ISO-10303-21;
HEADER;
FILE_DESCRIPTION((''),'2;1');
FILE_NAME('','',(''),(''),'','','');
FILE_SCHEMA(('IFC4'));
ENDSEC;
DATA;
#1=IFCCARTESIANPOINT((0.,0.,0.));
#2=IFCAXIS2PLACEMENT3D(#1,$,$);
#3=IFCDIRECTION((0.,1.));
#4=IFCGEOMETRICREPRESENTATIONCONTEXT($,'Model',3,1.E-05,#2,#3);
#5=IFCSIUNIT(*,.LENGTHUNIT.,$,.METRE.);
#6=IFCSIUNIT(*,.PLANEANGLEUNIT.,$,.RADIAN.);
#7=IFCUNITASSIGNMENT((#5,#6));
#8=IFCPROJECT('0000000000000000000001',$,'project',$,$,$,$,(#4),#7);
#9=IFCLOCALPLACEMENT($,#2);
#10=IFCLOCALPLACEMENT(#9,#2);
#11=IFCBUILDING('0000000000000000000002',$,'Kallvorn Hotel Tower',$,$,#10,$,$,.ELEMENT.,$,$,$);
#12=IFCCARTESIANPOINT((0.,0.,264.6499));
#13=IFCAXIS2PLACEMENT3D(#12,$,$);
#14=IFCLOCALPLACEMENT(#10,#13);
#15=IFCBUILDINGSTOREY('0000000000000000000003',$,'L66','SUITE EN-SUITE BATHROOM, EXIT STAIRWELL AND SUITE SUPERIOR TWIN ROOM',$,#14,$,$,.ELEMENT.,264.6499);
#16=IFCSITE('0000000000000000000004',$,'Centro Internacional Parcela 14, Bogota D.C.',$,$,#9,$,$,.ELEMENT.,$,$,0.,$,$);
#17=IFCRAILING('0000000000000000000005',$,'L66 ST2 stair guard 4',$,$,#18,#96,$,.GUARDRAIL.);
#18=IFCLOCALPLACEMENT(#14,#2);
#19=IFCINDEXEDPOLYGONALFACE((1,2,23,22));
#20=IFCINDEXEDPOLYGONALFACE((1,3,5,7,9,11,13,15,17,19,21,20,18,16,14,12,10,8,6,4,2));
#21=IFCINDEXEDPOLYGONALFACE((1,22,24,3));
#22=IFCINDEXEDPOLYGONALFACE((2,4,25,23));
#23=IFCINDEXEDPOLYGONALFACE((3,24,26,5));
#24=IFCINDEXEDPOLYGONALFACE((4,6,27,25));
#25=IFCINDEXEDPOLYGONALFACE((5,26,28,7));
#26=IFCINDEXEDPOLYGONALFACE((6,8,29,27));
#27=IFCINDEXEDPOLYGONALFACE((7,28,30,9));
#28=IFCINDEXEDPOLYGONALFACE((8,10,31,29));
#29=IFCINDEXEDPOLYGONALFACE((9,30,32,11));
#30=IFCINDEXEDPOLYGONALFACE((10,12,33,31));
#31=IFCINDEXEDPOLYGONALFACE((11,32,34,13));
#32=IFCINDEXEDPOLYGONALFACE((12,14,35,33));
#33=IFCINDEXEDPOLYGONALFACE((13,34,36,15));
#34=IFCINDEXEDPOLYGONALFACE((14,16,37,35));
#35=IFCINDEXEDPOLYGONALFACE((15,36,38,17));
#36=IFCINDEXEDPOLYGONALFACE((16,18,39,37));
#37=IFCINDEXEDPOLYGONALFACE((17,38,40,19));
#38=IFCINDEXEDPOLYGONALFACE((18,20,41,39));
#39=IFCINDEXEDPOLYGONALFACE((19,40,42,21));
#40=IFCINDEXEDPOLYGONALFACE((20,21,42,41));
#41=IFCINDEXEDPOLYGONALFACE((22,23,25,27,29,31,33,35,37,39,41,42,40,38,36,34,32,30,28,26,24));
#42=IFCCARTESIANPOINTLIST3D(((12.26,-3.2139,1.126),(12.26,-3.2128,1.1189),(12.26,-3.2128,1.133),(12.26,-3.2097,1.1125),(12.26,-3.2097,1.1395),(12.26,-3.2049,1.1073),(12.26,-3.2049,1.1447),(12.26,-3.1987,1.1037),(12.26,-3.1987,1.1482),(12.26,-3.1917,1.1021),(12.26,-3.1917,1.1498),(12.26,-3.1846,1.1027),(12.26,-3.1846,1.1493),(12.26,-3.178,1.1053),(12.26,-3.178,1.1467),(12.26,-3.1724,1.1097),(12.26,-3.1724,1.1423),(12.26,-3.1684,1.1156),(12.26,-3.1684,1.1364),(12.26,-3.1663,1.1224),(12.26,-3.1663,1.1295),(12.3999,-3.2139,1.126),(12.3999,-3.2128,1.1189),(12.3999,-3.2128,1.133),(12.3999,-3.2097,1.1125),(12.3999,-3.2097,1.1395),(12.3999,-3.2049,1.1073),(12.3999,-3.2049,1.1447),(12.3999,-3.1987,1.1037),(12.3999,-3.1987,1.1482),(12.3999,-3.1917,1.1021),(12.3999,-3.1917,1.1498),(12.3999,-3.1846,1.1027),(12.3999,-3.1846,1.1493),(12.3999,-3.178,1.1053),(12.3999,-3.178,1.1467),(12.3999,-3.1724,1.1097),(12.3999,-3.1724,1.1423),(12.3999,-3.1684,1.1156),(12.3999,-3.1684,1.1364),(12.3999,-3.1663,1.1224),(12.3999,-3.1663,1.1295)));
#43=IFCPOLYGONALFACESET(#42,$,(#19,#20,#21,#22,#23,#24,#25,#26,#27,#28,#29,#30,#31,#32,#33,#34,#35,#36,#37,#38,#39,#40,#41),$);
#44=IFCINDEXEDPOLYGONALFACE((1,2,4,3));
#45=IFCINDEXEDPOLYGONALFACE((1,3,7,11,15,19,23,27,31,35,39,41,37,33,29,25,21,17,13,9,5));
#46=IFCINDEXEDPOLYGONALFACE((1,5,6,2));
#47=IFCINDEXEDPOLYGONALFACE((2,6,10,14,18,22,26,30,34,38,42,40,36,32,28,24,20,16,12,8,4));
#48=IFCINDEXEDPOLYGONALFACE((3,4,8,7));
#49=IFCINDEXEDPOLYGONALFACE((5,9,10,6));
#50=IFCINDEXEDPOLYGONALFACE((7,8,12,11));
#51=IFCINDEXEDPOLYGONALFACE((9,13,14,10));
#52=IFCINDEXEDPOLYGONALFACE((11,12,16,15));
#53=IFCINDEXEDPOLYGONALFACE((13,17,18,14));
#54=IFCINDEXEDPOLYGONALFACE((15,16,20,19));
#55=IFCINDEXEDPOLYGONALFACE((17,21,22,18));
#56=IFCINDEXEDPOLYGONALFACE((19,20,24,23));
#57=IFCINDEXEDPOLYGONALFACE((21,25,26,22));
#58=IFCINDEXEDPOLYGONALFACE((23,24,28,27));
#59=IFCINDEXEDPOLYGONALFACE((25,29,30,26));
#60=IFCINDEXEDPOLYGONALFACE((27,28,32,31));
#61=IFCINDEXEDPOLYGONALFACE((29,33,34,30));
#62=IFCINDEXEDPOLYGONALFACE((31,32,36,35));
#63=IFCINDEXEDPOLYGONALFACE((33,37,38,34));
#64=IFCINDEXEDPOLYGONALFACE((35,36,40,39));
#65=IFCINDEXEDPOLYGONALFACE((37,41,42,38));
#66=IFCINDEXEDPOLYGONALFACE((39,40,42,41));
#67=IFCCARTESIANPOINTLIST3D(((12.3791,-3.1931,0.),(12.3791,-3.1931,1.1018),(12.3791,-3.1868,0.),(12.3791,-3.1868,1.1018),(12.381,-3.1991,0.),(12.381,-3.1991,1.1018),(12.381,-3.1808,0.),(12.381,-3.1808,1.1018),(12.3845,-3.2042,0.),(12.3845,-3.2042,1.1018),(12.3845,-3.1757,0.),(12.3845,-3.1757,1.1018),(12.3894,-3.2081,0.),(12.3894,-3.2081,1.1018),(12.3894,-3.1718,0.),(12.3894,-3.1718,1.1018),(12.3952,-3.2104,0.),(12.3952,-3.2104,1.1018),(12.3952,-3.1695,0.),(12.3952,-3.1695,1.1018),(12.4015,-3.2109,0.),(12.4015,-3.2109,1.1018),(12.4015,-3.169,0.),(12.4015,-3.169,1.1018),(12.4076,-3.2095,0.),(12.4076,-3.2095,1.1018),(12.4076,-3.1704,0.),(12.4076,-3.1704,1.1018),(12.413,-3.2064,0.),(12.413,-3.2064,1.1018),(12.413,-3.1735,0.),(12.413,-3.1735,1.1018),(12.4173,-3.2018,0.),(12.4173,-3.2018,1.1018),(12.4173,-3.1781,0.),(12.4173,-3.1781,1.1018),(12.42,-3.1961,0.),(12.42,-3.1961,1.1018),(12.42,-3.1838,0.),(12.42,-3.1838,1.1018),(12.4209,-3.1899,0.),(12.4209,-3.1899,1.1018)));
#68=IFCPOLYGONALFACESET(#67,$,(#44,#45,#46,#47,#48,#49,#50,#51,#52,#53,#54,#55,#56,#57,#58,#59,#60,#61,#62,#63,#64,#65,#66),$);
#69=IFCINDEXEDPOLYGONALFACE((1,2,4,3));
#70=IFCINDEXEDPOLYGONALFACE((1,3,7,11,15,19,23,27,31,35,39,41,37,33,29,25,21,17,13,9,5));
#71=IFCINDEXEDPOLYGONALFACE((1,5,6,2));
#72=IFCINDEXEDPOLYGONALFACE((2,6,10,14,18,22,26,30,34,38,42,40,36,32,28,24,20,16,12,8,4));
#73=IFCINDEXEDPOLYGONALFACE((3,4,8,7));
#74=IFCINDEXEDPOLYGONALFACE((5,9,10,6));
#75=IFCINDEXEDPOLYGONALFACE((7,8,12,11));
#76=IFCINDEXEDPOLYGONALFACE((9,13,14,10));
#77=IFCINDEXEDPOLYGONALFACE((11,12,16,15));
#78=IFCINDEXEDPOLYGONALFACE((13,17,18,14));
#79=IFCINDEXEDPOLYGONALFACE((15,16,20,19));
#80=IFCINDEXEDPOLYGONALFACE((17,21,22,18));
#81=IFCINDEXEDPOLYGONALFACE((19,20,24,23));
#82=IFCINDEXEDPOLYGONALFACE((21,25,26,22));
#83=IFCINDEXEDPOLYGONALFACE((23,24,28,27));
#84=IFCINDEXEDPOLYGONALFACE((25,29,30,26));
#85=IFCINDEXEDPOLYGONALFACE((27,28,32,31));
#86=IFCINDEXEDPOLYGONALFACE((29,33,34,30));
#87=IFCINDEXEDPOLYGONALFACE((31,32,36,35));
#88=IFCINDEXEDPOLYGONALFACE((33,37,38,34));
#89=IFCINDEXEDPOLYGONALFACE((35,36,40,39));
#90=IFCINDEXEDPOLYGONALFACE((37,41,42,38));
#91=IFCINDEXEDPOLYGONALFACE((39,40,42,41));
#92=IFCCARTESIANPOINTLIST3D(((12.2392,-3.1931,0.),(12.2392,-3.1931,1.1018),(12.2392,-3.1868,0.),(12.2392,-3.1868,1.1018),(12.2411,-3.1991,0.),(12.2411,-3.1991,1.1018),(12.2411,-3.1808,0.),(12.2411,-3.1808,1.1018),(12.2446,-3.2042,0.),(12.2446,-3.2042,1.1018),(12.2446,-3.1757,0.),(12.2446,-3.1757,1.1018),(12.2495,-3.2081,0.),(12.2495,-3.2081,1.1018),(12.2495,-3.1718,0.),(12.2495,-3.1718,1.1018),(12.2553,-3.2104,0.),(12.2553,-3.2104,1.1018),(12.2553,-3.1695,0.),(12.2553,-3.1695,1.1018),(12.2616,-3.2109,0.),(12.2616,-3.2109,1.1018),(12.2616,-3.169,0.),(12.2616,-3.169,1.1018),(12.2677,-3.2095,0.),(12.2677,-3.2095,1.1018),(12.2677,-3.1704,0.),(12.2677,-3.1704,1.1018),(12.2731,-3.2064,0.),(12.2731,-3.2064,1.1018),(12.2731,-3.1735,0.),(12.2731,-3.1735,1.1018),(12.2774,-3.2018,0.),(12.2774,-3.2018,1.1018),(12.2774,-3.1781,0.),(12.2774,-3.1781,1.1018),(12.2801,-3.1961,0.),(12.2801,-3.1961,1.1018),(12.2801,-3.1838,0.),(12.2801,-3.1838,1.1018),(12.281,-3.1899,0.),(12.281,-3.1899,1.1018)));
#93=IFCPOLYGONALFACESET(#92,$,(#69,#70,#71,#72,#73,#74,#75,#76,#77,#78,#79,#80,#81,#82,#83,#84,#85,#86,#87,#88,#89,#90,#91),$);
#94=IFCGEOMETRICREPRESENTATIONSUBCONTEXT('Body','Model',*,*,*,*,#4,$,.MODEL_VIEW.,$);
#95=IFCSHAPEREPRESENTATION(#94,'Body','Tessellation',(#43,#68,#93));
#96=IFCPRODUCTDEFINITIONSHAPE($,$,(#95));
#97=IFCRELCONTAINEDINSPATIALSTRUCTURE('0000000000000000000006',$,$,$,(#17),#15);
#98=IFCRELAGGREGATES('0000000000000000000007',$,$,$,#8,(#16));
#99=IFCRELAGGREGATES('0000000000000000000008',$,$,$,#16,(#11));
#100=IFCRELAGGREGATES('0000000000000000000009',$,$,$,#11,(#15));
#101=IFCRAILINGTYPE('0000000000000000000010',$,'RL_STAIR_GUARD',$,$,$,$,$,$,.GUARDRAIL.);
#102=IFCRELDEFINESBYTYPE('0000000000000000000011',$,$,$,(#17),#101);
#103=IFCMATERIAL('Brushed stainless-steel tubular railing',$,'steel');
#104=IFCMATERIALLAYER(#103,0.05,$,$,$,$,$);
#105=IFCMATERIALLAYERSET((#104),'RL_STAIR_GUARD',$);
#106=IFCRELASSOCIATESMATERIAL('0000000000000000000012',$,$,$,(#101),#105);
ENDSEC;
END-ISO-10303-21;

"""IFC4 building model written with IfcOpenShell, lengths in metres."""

from ifc_helpers import new_model, si_unit, direction, frame, origin, origin_2d, place, context, subcontext, project, spatial, circle, extrude, material, layer, layer_set, type_object, element, save


model = new_model("IFC4")

# Units and contexts
model_context = context("Model", 3, precision=1e-05, world=origin(), true_north=direction((0.0, 1.0)))
body_context = subcontext(model_context, "Body", "Model", "MODEL_VIEW")
ifc_project = project(units=[si_unit("LENGTHUNIT", "METRE"), si_unit("PLANEANGLEUNIT", "RADIAN")], contexts=[model_context])

# Site, building, storey
site_placement = place(None, origin())
site = spatial("IfcSite", under=ifc_project, at=site_placement, Name="Centro Internacional Parcela 14, Bogota D.C.", CompositionType="ELEMENT", RefElevation=0.0)
building_placement = place(site_placement, origin())
building = spatial("IfcBuilding", under=site, at=building_placement, Name="Kallvorn Hotel Tower", CompositionType="ELEMENT")
storey_placement = place(building_placement, frame((0.0, 0.0, 264.6499)))
storey = spatial("IfcBuildingStorey", under=building, at=storey_placement, Name="L66", Description="SUITE EN-SUITE BATHROOM, EXIT STAIRWELL AND SUITE SUPERIOR TWIN ROOM", CompositionType="ELEMENT", Elevation=264.6499)

# Railing
ifc_material_1 = material(Name="Brushed stainless-steel tubular railing", Category="steel")
ifc_layer_1 = layer(ifc_material_1, 0.05)
ifc_layer_set_1 = layer_set([ifc_layer_1], Name="RL_STAIR_GUARD")
railing_type_1 = type_object("IfcRailingType", Name="RL_STAIR_GUARD", PredefinedType="GUARDRAIL", material=ifc_layer_set_1)
railing_1_placement = place(storey_placement, frame((12.3999, -3.1899, 0.0)))
element("IfcRailing", 1, at=railing_1_placement, inside=storey, type_object=railing_type_1, Name="L66 ST2 stair guard 4", PredefinedType="GUARDRAIL", context=body_context, shape_type="SweptSolid", body=[
    extrude(circle(Radius=0.0239, at=origin_2d()), frame((0.0, 0.0, 1.126), z_axis=(-1.0, 0.0, 0.0), x_axis=(0.0, -1.0, 0.0)), (0.0, 0.0, 1.0), 0.1399),
    extrude(circle(Radius=0.021, at=origin_2d()), origin(), (0.0, 0.0, 1.0), 1.1018),
    extrude(circle(Radius=0.021, at=origin_2d()), frame((-0.1399, 0.0, 0.0)), (0.0, 0.0, 1.0), 1.1018),
])

save(model, "model.ifc")
